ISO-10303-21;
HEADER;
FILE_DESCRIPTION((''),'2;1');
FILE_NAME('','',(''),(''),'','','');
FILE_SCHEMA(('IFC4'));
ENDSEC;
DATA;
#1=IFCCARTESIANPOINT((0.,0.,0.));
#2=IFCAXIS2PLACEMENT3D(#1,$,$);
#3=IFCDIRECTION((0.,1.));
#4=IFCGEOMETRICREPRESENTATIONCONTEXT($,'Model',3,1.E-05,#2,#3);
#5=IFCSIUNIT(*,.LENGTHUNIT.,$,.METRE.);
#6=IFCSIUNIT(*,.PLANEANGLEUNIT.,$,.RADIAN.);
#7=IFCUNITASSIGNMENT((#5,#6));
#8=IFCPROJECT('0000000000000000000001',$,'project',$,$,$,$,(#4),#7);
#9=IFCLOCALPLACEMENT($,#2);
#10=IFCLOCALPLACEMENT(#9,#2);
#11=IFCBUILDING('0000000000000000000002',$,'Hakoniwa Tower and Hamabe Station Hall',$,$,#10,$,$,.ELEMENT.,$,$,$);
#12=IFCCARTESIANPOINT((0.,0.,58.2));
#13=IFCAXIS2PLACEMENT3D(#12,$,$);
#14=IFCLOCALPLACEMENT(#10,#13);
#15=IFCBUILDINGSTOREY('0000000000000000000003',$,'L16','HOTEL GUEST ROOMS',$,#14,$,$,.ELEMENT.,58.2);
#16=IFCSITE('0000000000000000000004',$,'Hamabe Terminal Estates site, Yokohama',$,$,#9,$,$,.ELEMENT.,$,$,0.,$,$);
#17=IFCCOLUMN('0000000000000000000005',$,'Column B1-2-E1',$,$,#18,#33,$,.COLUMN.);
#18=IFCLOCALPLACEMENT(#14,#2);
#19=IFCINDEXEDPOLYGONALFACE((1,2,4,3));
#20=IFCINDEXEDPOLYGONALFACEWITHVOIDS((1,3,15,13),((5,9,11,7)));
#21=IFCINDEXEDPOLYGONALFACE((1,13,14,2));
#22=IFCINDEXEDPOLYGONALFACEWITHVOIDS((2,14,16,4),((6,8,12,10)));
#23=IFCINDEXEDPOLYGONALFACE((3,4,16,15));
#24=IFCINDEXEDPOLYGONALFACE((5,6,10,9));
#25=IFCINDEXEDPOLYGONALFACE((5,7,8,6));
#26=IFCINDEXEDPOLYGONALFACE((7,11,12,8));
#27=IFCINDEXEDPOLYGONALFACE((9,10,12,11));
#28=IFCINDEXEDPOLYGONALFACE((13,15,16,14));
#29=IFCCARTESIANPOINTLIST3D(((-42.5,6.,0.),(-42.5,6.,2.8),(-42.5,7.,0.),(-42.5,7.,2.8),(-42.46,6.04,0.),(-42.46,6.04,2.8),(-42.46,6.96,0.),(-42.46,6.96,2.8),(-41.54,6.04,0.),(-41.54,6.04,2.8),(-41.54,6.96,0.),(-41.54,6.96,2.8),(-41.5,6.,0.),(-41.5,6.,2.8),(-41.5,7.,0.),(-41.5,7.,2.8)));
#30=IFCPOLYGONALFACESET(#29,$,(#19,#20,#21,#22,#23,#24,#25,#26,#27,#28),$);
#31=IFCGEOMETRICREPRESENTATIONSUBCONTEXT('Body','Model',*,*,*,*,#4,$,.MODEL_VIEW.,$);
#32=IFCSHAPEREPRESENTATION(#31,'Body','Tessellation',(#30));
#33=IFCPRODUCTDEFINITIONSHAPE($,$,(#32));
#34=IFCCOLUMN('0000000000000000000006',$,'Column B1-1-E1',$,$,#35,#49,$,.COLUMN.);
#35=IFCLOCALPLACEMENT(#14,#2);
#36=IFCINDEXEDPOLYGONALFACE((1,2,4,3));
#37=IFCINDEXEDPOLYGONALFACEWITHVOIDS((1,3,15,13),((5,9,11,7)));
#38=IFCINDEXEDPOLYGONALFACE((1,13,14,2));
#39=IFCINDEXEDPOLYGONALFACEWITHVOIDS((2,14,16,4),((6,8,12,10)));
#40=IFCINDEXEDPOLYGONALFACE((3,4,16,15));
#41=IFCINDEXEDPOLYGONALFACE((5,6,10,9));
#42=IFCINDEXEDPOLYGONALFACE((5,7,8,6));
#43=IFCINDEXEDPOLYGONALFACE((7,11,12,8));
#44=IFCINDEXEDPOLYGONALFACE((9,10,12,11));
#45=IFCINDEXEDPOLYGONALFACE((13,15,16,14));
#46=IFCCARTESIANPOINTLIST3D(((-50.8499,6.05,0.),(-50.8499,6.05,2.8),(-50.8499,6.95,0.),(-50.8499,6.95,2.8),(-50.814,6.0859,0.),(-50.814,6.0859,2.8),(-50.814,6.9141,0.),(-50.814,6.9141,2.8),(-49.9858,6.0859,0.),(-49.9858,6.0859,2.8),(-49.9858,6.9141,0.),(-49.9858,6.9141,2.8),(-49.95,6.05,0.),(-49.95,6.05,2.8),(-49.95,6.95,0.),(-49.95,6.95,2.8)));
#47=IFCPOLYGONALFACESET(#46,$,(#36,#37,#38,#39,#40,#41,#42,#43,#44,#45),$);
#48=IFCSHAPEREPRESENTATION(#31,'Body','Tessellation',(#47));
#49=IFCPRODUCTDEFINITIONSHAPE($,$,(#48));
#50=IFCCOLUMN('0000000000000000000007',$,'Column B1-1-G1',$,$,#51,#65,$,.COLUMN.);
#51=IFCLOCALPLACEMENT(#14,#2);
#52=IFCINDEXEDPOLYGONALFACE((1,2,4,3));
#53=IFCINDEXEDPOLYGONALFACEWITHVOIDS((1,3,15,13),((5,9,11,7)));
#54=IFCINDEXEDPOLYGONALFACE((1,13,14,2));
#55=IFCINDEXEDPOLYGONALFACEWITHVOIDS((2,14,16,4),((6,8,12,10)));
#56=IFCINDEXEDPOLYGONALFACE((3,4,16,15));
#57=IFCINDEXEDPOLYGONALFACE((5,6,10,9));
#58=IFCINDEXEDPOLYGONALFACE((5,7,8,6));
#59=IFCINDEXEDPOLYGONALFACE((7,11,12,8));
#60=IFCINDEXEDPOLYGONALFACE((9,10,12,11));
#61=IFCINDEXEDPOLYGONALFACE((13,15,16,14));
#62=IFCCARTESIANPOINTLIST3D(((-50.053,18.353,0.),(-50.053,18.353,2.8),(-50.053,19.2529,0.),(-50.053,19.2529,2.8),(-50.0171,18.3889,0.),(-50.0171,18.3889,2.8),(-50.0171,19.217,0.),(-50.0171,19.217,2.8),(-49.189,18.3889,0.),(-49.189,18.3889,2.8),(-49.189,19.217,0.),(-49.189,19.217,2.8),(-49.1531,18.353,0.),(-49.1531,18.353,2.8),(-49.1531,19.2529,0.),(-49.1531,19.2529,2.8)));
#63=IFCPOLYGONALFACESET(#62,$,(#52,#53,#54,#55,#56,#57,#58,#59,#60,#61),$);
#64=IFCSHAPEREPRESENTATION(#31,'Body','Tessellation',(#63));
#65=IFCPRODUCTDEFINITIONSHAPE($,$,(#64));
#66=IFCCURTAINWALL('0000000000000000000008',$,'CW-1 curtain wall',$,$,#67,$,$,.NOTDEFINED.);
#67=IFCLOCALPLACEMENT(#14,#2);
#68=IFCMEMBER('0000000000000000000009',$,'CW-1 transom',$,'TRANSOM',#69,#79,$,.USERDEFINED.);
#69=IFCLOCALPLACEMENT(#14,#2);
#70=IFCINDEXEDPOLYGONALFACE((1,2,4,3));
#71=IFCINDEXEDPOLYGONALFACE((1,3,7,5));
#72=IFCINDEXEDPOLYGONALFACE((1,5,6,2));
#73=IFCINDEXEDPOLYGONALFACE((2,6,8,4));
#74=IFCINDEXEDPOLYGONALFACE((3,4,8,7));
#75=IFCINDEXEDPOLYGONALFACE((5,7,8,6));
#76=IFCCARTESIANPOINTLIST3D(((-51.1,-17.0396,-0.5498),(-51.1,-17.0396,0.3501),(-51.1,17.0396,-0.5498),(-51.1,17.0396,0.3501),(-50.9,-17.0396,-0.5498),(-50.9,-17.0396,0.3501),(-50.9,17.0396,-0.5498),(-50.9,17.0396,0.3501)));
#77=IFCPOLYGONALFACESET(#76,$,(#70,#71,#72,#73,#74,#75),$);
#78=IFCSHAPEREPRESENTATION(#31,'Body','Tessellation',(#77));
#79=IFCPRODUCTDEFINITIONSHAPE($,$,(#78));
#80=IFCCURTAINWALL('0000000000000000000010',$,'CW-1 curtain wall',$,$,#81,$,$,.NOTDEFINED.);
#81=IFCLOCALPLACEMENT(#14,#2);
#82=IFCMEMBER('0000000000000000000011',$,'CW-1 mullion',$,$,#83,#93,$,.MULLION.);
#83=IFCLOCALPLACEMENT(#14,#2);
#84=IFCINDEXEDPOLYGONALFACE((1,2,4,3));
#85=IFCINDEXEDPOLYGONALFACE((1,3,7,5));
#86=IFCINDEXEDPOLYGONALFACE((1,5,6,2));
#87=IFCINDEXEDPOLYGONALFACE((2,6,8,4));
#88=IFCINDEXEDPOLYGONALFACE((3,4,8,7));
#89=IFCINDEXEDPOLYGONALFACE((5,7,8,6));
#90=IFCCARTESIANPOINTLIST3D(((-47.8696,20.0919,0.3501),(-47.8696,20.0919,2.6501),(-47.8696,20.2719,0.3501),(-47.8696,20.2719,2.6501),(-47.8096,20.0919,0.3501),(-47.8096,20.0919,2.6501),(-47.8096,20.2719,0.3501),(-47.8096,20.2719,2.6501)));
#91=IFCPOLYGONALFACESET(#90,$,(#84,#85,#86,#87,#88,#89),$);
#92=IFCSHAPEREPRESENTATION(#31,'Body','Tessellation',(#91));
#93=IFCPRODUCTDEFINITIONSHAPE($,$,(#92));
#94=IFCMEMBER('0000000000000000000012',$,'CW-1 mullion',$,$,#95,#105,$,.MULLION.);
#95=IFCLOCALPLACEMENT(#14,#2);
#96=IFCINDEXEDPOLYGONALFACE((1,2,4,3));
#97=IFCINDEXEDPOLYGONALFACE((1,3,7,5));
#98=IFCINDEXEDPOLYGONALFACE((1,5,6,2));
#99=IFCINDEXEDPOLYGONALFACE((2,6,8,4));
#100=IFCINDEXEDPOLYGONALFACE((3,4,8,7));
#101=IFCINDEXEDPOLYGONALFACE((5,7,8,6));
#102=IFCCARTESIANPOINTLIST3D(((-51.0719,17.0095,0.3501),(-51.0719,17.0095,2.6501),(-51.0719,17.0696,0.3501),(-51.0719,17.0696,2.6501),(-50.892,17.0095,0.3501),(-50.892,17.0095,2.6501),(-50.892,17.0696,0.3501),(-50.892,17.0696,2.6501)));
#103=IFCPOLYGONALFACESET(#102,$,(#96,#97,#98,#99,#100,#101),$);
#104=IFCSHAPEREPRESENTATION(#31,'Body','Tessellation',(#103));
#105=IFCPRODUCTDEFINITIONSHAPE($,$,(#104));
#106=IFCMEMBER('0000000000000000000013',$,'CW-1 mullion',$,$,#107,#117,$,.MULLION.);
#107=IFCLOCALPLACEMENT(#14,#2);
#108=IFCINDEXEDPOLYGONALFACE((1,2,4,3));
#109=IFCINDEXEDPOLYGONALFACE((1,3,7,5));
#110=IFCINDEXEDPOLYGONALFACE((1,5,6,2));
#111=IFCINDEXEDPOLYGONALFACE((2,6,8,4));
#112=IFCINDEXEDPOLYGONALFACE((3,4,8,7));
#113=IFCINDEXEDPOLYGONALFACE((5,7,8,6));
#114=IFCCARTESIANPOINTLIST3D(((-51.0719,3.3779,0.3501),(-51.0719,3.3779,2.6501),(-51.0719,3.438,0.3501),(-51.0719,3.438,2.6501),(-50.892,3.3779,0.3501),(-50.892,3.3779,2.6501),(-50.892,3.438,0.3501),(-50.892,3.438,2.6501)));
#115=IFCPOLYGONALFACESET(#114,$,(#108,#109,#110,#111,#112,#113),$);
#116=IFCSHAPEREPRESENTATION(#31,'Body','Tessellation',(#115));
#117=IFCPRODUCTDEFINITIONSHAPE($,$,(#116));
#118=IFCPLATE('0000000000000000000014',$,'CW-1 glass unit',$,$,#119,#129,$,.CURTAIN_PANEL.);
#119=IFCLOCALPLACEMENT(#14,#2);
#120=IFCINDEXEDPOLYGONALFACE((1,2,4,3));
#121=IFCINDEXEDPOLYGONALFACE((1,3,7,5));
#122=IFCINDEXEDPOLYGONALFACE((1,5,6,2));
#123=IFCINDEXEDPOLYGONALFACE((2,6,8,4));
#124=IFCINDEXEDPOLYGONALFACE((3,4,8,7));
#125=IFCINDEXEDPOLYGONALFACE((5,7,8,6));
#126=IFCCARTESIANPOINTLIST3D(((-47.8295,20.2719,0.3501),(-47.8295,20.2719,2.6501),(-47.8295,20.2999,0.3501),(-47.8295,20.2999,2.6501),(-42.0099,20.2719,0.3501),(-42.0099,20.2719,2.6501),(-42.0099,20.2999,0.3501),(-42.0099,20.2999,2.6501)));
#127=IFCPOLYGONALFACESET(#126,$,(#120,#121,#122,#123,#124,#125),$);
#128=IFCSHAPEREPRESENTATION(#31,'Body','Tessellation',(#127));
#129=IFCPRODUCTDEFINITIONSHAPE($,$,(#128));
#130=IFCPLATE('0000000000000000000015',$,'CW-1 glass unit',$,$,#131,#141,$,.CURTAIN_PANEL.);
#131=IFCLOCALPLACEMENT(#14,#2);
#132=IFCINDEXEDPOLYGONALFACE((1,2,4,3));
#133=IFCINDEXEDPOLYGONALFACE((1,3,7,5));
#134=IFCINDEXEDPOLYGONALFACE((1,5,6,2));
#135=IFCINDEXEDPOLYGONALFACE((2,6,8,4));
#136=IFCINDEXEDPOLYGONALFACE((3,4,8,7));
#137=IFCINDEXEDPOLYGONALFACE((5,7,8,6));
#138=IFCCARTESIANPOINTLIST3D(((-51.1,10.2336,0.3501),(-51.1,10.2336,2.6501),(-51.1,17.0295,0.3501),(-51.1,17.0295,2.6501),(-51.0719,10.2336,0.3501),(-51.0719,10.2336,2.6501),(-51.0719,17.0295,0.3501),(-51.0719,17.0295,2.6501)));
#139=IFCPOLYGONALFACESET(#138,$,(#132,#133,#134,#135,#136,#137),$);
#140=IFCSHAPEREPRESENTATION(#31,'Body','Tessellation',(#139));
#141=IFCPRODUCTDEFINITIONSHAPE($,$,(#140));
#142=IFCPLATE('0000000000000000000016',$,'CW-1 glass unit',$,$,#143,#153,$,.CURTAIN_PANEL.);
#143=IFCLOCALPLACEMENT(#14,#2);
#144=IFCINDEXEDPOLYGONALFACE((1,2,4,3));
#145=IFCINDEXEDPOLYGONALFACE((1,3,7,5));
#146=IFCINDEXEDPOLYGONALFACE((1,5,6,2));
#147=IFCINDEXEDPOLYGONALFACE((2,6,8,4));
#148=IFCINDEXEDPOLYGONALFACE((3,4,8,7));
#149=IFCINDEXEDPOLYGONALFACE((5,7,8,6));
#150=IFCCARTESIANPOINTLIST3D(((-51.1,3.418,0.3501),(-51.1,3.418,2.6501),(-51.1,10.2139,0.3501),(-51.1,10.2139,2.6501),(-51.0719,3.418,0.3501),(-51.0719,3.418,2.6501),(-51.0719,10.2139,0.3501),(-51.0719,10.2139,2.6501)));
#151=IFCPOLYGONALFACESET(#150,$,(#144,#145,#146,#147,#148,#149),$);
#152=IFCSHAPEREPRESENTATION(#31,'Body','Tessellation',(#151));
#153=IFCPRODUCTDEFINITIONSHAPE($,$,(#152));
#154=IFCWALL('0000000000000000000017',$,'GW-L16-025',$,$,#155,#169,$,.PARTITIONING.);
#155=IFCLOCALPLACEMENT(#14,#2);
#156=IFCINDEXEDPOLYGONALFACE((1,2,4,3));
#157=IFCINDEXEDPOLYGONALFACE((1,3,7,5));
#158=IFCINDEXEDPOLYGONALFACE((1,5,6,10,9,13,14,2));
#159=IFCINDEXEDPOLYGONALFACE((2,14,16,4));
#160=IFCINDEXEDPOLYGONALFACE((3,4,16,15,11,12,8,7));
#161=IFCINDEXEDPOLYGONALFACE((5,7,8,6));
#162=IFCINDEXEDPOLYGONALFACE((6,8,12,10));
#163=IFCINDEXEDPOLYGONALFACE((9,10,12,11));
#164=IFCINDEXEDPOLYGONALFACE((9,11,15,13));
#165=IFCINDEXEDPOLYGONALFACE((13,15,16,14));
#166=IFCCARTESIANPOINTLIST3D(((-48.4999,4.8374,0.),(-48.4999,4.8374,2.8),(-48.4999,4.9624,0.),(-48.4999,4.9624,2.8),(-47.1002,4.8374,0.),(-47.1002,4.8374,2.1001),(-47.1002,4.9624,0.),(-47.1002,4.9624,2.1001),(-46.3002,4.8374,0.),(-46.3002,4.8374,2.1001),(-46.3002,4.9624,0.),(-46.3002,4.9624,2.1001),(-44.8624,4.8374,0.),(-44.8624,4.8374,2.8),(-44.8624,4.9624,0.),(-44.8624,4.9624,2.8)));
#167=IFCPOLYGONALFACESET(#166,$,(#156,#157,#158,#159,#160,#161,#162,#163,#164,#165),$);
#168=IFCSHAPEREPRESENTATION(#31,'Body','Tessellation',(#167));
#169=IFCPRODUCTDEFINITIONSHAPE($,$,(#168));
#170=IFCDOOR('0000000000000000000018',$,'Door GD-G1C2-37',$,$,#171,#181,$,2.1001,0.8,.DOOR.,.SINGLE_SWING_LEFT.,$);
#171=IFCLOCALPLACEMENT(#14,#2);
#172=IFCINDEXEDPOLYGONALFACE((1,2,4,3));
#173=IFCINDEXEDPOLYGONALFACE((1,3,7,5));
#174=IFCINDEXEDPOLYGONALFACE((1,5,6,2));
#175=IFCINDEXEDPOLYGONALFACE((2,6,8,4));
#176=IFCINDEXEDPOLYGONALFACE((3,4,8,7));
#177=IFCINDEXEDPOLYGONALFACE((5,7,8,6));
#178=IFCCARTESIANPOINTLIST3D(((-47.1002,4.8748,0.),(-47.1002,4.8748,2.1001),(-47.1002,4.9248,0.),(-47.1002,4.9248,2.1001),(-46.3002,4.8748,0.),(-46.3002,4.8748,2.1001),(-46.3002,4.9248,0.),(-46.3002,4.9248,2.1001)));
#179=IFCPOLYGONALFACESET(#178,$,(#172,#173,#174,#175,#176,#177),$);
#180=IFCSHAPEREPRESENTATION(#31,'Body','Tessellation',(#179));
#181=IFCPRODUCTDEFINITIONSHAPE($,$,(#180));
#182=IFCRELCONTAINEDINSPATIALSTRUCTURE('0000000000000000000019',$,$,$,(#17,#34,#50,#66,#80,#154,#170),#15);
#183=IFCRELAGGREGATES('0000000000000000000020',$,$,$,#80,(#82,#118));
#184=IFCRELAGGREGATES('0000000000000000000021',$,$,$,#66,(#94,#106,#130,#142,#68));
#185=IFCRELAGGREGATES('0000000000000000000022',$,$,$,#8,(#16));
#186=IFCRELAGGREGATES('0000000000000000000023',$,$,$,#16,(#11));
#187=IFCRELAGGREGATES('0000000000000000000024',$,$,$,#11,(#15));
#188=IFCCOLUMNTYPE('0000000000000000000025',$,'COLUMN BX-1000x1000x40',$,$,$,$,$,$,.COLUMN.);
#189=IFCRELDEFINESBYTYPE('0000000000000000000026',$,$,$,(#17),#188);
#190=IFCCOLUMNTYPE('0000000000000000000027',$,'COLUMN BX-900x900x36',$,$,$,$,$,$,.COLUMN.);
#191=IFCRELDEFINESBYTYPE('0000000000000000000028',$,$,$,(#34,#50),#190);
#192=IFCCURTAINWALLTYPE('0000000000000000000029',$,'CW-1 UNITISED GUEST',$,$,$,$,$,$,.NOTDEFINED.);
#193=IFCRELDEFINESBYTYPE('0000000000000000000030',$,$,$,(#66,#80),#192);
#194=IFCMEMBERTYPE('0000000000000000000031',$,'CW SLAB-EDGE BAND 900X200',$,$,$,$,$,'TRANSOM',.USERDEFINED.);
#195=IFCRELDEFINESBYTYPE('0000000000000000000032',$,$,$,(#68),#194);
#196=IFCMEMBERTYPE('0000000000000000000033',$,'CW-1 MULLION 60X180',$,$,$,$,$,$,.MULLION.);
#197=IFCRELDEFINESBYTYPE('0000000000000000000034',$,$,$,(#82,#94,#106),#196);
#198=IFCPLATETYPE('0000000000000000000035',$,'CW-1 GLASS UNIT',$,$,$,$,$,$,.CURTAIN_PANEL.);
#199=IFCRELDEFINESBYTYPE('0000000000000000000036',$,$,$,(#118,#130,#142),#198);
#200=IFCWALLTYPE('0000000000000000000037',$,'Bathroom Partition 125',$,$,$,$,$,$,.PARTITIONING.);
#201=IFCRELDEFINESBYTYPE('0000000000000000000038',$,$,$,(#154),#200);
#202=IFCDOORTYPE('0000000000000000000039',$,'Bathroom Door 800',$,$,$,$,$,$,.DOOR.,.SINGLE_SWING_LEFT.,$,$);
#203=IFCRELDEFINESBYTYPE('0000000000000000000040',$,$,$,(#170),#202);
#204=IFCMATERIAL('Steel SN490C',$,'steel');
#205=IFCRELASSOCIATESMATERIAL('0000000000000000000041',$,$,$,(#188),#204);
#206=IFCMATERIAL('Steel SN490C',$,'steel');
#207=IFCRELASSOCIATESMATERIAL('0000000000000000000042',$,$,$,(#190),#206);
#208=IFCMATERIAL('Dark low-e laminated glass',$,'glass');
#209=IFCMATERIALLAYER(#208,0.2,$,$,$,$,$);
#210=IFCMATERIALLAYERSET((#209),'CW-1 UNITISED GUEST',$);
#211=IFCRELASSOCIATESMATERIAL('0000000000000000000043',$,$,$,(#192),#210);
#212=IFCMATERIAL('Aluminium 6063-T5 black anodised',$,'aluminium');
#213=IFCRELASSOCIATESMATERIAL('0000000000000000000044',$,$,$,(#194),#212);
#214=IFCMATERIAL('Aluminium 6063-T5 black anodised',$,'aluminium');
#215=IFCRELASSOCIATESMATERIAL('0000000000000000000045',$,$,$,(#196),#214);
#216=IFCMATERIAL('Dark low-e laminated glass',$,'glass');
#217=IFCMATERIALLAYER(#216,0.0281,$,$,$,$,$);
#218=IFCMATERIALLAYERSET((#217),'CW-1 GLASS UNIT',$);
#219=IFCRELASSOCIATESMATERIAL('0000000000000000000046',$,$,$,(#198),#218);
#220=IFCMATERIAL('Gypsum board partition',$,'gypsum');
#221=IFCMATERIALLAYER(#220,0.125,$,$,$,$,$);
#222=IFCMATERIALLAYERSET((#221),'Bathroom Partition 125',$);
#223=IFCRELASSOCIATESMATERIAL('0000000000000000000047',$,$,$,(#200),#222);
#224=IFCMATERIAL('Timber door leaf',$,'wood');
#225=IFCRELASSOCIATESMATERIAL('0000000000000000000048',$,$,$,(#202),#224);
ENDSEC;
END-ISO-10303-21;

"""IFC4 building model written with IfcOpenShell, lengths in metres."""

from ifc_helpers import new_model, si_unit, direction, frame, frame_2d, origin, origin_2d, place, context, subcontext, project, spatial, rectangle, hollow_rectangle, extrude, material, layer, layer_set, material_profile, profile_set, type_object, element, fill, aggregate, save


model = new_model("IFC4")

# Units and contexts
model_context = context("Model", 3, precision=1e-05, world=origin(), true_north=direction((0.0, 1.0)))
body_context = subcontext(model_context, "Body", "Model", "MODEL_VIEW")
ifc_project = project(units=[si_unit("LENGTHUNIT", "METRE"), si_unit("PLANEANGLEUNIT", "RADIAN")], contexts=[model_context])

# Site, building, storey
site_placement = place(None, origin())
site = spatial("IfcSite", under=ifc_project, at=site_placement, Name="Hamabe Terminal Estates site, Yokohama", CompositionType="ELEMENT", RefElevation=0.0)
building_placement = place(site_placement, origin())
building = spatial("IfcBuilding", under=site, at=building_placement, Name="Hakoniwa Tower and Hamabe Station Hall", CompositionType="ELEMENT")
storey_placement = place(building_placement, frame((0.0, 0.0, 58.2)))
storey = spatial("IfcBuildingStorey", under=building, at=storey_placement, Name="L16", Description="HOTEL GUEST ROOMS", CompositionType="ELEMENT", Elevation=58.2)

# Columns
ifc_material_1 = material(Name="Steel SN490C", Category="steel")
ifc_material_profile_1 = material_profile(ifc_material_1, hollow_rectangle(XDim=1.0, YDim=1.0, WallThickness=0.04, at=origin_2d()), Name="BX-1000x1000x40")
ifc_profile_set_1 = profile_set([ifc_material_profile_1], Name="Steel SN490C")
column_type_1 = type_object("IfcColumnType", Name="COLUMN BX-1000x1000x40", PredefinedType="COLUMN", material=ifc_profile_set_1)
column_placement = place(storey_placement, frame((-42.0, 6.5, 0.0), z_axis=(0.0, 0.0, 1.0), x_axis=(1.0, 0.0, 0.0)))
element("IfcColumn", 1, at=column_placement, inside=storey, type_object=column_type_1, Name="Column B1-2-E1", PredefinedType="COLUMN", context=body_context, shape_type="SweptSolid", body=[
    extrude(hollow_rectangle(XDim=1.0, YDim=1.0, WallThickness=0.04, at=origin_2d()), origin(), (0.0, 0.0, 1.0), 2.8),
])
ifc_material_2 = material(Name="Steel SN490C", Category="steel")
ifc_material_profile_2 = material_profile(ifc_material_2, hollow_rectangle(XDim=0.8999, YDim=0.8999, WallThickness=0.0359, at=origin_2d()), Name="BX-900x900x36")
ifc_profile_set_2 = profile_set([ifc_material_profile_2], Name="Steel SN490C")
column_type_2 = type_object("IfcColumnType", Name="COLUMN BX-900x900x36", PredefinedType="COLUMN", material=ifc_profile_set_2)
for number, where, z_axis, x_axis, name in (
    (2, (-50.3999, 6.5, 0.0), (0.0, 0.0, 1.0), (1.0, 0.0, 0.0), "Column B1-1-E1"),
    (3, (-49.603, 18.803, 0.0), (0.0, 0.0, 1.0), (1.0, 0.0, 0.0), "Column B1-1-G1"),
):
    element("IfcColumn", number, at=place(storey_placement, frame(where, z_axis=z_axis, x_axis=x_axis)), inside=storey, type_object=column_type_2, Name=name, PredefinedType="COLUMN", context=body_context, shape_type="SweptSolid", body=[
        extrude(hollow_rectangle(XDim=0.8999, YDim=0.8999, WallThickness=0.0359, at=origin_2d()), origin(), (0.0, 0.0, 1.0), 2.8),
    ])

# Curtain walls, members
ifc_material_3 = material(Name="Dark low-e laminated glass", Category="glass")
ifc_layer_1 = layer(ifc_material_3, 0.2)
ifc_layer_set_1 = layer_set([ifc_layer_1], Name="CW-1 UNITISED GUEST")
curtain_wall_type = type_object("IfcCurtainWallType", Name="CW-1 UNITISED GUEST", PredefinedType="NOTDEFINED", material=ifc_layer_set_1)
curtain_wall_1_placement = place(storey_placement, origin())
curtain_wall_1 = element("IfcCurtainWall", 4, at=curtain_wall_1_placement, inside=storey, type_object=curtain_wall_type, Name="CW-1 curtain wall", PredefinedType="NOTDEFINED")
ifc_material_4 = material(Name="Aluminium 6063-T5 black anodised", Category="aluminium")
ifc_material_profile_3 = material_profile(ifc_material_4, rectangle(XDim=0.2, YDim=0.8999, at=origin_2d()), Name="CW SLAB-EDGE BAND 900X200")
ifc_profile_set_3 = profile_set([ifc_material_profile_3], Name="Aluminium 6063-T5 black anodised")
member_type_1 = type_object("IfcMemberType", Name="CW SLAB-EDGE BAND 900X200", ElementType="TRANSOM", PredefinedType="USERDEFINED", material=ifc_profile_set_3)
member_1_placement = place(storey_placement, frame((-51.0, 17.0396, -0.0999), z_axis=(0.0, -1.0, 0.0), x_axis=(1.0, 0.0, 0.0)))
member_1 = element("IfcMember", 5, at=member_1_placement, type_object=member_type_1, Name="CW-1 transom", ObjectType="TRANSOM", PredefinedType="USERDEFINED", context=body_context, shape_type="SweptSolid", body=[
    extrude(rectangle(XDim=0.2, YDim=0.8999, at=origin_2d()), origin(), (0.0, 0.0, 1.0), 34.0791),
])
curtain_wall_2_placement = place(storey_placement, origin())
curtain_wall_2 = element("IfcCurtainWall", 6, at=curtain_wall_2_placement, inside=storey, type_object=curtain_wall_type, Name="CW-1 curtain wall", PredefinedType="NOTDEFINED")
ifc_material_5 = material(Name="Aluminium 6063-T5 black anodised", Category="aluminium")
ifc_material_profile_4 = material_profile(ifc_material_5, rectangle(XDim=0.0601, YDim=0.1799, at=origin_2d()), Name="CW-1 MULLION 60X180")
ifc_profile_set_4 = profile_set([ifc_material_profile_4], Name="Aluminium 6063-T5 black anodised")
member_type_2 = type_object("IfcMemberType", Name="CW-1 MULLION 60X180", PredefinedType="MULLION", material=ifc_profile_set_4)
member_2_placement = place(storey_placement, frame((-47.8396, 20.1819, 0.3501), z_axis=(0.0, 0.0, 1.0), x_axis=(-1.0, 0.0, 0.0)))
member_2 = element("IfcMember", 7, at=member_2_placement, type_object=member_type_2, Name="CW-1 mullion", PredefinedType="MULLION", context=body_context, shape_type="SweptSolid", body=[
    extrude(rectangle(XDim=0.0601, YDim=0.1799, at=origin_2d()), origin(), (0.0, 0.0, 1.0), 2.3),
])

# Members
member_3_placement = place(storey_placement, frame((-50.9819, 17.0396, 0.3501), z_axis=(0.0, 0.0, 1.0), x_axis=(0.0, -1.0, 0.0)))
member_3 = element("IfcMember", 8, at=member_3_placement, type_object=member_type_2, Name="CW-1 mullion", PredefinedType="MULLION", context=body_context, shape_type="SweptSolid", body=[
    extrude(rectangle(XDim=0.0601, YDim=0.1799, at=origin_2d()), origin(), (0.0, 0.0, 1.0), 2.3),
])
member_4_placement = place(storey_placement, frame((-50.9819, 3.408, 0.3501), z_axis=(0.0, 0.0, 1.0), x_axis=(0.0, -1.0, 0.0)))
member_4 = element("IfcMember", 9, at=member_4_placement, type_object=member_type_2, Name="CW-1 mullion", PredefinedType="MULLION", context=body_context, shape_type="SweptSolid", body=[
    extrude(rectangle(XDim=0.0601, YDim=0.1799, at=origin_2d()), origin(), (0.0, 0.0, 1.0), 2.3),
])

# Plates
ifc_material_6 = material(Name="Dark low-e laminated glass", Category="glass")
ifc_layer_2 = layer(ifc_material_6, 0.0281)
ifc_layer_set_2 = layer_set([ifc_layer_2], Name="CW-1 GLASS UNIT")
plate_type = type_object("IfcPlateType", Name="CW-1 GLASS UNIT", PredefinedType="CURTAIN_PANEL", material=ifc_layer_set_2)
plate_1_placement = place(storey_placement, frame((-44.9197, 20.2859, 0.3501), z_axis=(0.0, 0.0, 1.0), x_axis=(-1.0, 0.0, 0.0)))
plate_1 = element("IfcPlate", 10, at=plate_1_placement, type_object=plate_type, Name="CW-1 glass unit", PredefinedType="CURTAIN_PANEL", context=body_context, shape_type="SweptSolid", body=[
    extrude(rectangle(XDim=5.8196, YDim=0.0281, at=origin_2d()), origin(), (0.0, 0.0, 1.0), 2.3),
])
aggregate(curtain_wall_2, [member_2, plate_1])
plate_2_placement = place(storey_placement, frame((-51.0859, 13.6316, 0.3501), z_axis=(0.0, 0.0, 1.0), x_axis=(0.0, -1.0, 0.0)))
plate_2 = element("IfcPlate", 11, at=plate_2_placement, type_object=plate_type, Name="CW-1 glass unit", PredefinedType="CURTAIN_PANEL", context=body_context, shape_type="SweptSolid", body=[
    extrude(rectangle(XDim=6.7959, YDim=0.0281, at=origin_2d()), origin(), (0.0, 0.0, 1.0), 2.3),
])
plate_3_placement = place(storey_placement, frame((-51.0859, 6.8159, 0.3501), z_axis=(0.0, 0.0, 1.0), x_axis=(0.0, -1.0, 0.0)))
plate_3 = element("IfcPlate", 12, at=plate_3_placement, type_object=plate_type, Name="CW-1 glass unit", PredefinedType="CURTAIN_PANEL", context=body_context, shape_type="SweptSolid", body=[
    extrude(rectangle(XDim=6.7959, YDim=0.0281, at=origin_2d()), origin(), (0.0, 0.0, 1.0), 2.3),
])
aggregate(curtain_wall_1, [member_3, member_4, plate_2, plate_3, member_1])

# Wall, opening, door
ifc_material_7 = material(Name="Gypsum board partition", Category="gypsum")
ifc_layer_3 = layer(ifc_material_7, 0.125)
ifc_layer_set_3 = layer_set([ifc_layer_3], Name="Bathroom Partition 125")
wall_type_1 = type_object("IfcWallType", Name="Bathroom Partition 125", PredefinedType="PARTITIONING", material=ifc_layer_set_3)
wall_1_placement = place(storey_placement, frame((-48.5, 4.8999, 0.0), z_axis=(0.0, 0.0, 1.0), x_axis=(1.0, 0.0, 0.0)))
wall_1 = element("IfcWall", 13, at=wall_1_placement, inside=storey, type_object=wall_type_1, Name="GW-L16-025", PredefinedType="PARTITIONING", context=body_context, shape_type="SweptSolid", body=[
    extrude(rectangle(XDim=3.6375, YDim=0.125, at=frame_2d((1.8188, 0.0))), origin(), (0.0, 0.0, 1.0), 2.8),
])
opening_1_placement = place(wall_1_placement, frame((1.3999, 0.0, 0.0)))
opening_1 = element("IfcOpeningElement", 14, at=opening_1_placement, cuts=wall_1, PredefinedType="OPENING", context=body_context, shape_type="SweptSolid", body=[
    extrude(rectangle(XDim=0.8, YDim=2.1001, at=frame_2d((0.3999, 1.05))), frame((0.0, 0.0725, 0.0), z_axis=(0.0, -1.0, 0.0), x_axis=(1.0, 0.0, 0.0)), (0.0, 0.0, 1.0), 0.145),
])
ifc_material_8 = material(Name="Timber door leaf", Category="wood")
door_type_1 = type_object("IfcDoorType", Name="Bathroom Door 800", OperationType="SINGLE_SWING_LEFT", PredefinedType="DOOR", material=ifc_material_8)
door_1_placement = place(opening_1_placement, origin())
door_1 = element("IfcDoor", 15, at=door_1_placement, inside=storey, type_object=door_type_1, Name="Door GD-G1C2-37", OperationType="SINGLE_SWING_LEFT", OverallHeight=2.1001, OverallWidth=0.8, PredefinedType="DOOR", context=body_context, shape_type="SweptSolid", body=[
    extrude(rectangle(XDim=0.8, YDim=2.1001, at=frame_2d((0.3999, 1.05))), frame((0.0, 0.0249, 0.0), z_axis=(0.0, -1.0, 0.0), x_axis=(1.0, 0.0, 0.0)), (0.0, 0.0, 1.0), 0.05),
])
fill(opening_1, door_1)

save(model, "model.ifc")
